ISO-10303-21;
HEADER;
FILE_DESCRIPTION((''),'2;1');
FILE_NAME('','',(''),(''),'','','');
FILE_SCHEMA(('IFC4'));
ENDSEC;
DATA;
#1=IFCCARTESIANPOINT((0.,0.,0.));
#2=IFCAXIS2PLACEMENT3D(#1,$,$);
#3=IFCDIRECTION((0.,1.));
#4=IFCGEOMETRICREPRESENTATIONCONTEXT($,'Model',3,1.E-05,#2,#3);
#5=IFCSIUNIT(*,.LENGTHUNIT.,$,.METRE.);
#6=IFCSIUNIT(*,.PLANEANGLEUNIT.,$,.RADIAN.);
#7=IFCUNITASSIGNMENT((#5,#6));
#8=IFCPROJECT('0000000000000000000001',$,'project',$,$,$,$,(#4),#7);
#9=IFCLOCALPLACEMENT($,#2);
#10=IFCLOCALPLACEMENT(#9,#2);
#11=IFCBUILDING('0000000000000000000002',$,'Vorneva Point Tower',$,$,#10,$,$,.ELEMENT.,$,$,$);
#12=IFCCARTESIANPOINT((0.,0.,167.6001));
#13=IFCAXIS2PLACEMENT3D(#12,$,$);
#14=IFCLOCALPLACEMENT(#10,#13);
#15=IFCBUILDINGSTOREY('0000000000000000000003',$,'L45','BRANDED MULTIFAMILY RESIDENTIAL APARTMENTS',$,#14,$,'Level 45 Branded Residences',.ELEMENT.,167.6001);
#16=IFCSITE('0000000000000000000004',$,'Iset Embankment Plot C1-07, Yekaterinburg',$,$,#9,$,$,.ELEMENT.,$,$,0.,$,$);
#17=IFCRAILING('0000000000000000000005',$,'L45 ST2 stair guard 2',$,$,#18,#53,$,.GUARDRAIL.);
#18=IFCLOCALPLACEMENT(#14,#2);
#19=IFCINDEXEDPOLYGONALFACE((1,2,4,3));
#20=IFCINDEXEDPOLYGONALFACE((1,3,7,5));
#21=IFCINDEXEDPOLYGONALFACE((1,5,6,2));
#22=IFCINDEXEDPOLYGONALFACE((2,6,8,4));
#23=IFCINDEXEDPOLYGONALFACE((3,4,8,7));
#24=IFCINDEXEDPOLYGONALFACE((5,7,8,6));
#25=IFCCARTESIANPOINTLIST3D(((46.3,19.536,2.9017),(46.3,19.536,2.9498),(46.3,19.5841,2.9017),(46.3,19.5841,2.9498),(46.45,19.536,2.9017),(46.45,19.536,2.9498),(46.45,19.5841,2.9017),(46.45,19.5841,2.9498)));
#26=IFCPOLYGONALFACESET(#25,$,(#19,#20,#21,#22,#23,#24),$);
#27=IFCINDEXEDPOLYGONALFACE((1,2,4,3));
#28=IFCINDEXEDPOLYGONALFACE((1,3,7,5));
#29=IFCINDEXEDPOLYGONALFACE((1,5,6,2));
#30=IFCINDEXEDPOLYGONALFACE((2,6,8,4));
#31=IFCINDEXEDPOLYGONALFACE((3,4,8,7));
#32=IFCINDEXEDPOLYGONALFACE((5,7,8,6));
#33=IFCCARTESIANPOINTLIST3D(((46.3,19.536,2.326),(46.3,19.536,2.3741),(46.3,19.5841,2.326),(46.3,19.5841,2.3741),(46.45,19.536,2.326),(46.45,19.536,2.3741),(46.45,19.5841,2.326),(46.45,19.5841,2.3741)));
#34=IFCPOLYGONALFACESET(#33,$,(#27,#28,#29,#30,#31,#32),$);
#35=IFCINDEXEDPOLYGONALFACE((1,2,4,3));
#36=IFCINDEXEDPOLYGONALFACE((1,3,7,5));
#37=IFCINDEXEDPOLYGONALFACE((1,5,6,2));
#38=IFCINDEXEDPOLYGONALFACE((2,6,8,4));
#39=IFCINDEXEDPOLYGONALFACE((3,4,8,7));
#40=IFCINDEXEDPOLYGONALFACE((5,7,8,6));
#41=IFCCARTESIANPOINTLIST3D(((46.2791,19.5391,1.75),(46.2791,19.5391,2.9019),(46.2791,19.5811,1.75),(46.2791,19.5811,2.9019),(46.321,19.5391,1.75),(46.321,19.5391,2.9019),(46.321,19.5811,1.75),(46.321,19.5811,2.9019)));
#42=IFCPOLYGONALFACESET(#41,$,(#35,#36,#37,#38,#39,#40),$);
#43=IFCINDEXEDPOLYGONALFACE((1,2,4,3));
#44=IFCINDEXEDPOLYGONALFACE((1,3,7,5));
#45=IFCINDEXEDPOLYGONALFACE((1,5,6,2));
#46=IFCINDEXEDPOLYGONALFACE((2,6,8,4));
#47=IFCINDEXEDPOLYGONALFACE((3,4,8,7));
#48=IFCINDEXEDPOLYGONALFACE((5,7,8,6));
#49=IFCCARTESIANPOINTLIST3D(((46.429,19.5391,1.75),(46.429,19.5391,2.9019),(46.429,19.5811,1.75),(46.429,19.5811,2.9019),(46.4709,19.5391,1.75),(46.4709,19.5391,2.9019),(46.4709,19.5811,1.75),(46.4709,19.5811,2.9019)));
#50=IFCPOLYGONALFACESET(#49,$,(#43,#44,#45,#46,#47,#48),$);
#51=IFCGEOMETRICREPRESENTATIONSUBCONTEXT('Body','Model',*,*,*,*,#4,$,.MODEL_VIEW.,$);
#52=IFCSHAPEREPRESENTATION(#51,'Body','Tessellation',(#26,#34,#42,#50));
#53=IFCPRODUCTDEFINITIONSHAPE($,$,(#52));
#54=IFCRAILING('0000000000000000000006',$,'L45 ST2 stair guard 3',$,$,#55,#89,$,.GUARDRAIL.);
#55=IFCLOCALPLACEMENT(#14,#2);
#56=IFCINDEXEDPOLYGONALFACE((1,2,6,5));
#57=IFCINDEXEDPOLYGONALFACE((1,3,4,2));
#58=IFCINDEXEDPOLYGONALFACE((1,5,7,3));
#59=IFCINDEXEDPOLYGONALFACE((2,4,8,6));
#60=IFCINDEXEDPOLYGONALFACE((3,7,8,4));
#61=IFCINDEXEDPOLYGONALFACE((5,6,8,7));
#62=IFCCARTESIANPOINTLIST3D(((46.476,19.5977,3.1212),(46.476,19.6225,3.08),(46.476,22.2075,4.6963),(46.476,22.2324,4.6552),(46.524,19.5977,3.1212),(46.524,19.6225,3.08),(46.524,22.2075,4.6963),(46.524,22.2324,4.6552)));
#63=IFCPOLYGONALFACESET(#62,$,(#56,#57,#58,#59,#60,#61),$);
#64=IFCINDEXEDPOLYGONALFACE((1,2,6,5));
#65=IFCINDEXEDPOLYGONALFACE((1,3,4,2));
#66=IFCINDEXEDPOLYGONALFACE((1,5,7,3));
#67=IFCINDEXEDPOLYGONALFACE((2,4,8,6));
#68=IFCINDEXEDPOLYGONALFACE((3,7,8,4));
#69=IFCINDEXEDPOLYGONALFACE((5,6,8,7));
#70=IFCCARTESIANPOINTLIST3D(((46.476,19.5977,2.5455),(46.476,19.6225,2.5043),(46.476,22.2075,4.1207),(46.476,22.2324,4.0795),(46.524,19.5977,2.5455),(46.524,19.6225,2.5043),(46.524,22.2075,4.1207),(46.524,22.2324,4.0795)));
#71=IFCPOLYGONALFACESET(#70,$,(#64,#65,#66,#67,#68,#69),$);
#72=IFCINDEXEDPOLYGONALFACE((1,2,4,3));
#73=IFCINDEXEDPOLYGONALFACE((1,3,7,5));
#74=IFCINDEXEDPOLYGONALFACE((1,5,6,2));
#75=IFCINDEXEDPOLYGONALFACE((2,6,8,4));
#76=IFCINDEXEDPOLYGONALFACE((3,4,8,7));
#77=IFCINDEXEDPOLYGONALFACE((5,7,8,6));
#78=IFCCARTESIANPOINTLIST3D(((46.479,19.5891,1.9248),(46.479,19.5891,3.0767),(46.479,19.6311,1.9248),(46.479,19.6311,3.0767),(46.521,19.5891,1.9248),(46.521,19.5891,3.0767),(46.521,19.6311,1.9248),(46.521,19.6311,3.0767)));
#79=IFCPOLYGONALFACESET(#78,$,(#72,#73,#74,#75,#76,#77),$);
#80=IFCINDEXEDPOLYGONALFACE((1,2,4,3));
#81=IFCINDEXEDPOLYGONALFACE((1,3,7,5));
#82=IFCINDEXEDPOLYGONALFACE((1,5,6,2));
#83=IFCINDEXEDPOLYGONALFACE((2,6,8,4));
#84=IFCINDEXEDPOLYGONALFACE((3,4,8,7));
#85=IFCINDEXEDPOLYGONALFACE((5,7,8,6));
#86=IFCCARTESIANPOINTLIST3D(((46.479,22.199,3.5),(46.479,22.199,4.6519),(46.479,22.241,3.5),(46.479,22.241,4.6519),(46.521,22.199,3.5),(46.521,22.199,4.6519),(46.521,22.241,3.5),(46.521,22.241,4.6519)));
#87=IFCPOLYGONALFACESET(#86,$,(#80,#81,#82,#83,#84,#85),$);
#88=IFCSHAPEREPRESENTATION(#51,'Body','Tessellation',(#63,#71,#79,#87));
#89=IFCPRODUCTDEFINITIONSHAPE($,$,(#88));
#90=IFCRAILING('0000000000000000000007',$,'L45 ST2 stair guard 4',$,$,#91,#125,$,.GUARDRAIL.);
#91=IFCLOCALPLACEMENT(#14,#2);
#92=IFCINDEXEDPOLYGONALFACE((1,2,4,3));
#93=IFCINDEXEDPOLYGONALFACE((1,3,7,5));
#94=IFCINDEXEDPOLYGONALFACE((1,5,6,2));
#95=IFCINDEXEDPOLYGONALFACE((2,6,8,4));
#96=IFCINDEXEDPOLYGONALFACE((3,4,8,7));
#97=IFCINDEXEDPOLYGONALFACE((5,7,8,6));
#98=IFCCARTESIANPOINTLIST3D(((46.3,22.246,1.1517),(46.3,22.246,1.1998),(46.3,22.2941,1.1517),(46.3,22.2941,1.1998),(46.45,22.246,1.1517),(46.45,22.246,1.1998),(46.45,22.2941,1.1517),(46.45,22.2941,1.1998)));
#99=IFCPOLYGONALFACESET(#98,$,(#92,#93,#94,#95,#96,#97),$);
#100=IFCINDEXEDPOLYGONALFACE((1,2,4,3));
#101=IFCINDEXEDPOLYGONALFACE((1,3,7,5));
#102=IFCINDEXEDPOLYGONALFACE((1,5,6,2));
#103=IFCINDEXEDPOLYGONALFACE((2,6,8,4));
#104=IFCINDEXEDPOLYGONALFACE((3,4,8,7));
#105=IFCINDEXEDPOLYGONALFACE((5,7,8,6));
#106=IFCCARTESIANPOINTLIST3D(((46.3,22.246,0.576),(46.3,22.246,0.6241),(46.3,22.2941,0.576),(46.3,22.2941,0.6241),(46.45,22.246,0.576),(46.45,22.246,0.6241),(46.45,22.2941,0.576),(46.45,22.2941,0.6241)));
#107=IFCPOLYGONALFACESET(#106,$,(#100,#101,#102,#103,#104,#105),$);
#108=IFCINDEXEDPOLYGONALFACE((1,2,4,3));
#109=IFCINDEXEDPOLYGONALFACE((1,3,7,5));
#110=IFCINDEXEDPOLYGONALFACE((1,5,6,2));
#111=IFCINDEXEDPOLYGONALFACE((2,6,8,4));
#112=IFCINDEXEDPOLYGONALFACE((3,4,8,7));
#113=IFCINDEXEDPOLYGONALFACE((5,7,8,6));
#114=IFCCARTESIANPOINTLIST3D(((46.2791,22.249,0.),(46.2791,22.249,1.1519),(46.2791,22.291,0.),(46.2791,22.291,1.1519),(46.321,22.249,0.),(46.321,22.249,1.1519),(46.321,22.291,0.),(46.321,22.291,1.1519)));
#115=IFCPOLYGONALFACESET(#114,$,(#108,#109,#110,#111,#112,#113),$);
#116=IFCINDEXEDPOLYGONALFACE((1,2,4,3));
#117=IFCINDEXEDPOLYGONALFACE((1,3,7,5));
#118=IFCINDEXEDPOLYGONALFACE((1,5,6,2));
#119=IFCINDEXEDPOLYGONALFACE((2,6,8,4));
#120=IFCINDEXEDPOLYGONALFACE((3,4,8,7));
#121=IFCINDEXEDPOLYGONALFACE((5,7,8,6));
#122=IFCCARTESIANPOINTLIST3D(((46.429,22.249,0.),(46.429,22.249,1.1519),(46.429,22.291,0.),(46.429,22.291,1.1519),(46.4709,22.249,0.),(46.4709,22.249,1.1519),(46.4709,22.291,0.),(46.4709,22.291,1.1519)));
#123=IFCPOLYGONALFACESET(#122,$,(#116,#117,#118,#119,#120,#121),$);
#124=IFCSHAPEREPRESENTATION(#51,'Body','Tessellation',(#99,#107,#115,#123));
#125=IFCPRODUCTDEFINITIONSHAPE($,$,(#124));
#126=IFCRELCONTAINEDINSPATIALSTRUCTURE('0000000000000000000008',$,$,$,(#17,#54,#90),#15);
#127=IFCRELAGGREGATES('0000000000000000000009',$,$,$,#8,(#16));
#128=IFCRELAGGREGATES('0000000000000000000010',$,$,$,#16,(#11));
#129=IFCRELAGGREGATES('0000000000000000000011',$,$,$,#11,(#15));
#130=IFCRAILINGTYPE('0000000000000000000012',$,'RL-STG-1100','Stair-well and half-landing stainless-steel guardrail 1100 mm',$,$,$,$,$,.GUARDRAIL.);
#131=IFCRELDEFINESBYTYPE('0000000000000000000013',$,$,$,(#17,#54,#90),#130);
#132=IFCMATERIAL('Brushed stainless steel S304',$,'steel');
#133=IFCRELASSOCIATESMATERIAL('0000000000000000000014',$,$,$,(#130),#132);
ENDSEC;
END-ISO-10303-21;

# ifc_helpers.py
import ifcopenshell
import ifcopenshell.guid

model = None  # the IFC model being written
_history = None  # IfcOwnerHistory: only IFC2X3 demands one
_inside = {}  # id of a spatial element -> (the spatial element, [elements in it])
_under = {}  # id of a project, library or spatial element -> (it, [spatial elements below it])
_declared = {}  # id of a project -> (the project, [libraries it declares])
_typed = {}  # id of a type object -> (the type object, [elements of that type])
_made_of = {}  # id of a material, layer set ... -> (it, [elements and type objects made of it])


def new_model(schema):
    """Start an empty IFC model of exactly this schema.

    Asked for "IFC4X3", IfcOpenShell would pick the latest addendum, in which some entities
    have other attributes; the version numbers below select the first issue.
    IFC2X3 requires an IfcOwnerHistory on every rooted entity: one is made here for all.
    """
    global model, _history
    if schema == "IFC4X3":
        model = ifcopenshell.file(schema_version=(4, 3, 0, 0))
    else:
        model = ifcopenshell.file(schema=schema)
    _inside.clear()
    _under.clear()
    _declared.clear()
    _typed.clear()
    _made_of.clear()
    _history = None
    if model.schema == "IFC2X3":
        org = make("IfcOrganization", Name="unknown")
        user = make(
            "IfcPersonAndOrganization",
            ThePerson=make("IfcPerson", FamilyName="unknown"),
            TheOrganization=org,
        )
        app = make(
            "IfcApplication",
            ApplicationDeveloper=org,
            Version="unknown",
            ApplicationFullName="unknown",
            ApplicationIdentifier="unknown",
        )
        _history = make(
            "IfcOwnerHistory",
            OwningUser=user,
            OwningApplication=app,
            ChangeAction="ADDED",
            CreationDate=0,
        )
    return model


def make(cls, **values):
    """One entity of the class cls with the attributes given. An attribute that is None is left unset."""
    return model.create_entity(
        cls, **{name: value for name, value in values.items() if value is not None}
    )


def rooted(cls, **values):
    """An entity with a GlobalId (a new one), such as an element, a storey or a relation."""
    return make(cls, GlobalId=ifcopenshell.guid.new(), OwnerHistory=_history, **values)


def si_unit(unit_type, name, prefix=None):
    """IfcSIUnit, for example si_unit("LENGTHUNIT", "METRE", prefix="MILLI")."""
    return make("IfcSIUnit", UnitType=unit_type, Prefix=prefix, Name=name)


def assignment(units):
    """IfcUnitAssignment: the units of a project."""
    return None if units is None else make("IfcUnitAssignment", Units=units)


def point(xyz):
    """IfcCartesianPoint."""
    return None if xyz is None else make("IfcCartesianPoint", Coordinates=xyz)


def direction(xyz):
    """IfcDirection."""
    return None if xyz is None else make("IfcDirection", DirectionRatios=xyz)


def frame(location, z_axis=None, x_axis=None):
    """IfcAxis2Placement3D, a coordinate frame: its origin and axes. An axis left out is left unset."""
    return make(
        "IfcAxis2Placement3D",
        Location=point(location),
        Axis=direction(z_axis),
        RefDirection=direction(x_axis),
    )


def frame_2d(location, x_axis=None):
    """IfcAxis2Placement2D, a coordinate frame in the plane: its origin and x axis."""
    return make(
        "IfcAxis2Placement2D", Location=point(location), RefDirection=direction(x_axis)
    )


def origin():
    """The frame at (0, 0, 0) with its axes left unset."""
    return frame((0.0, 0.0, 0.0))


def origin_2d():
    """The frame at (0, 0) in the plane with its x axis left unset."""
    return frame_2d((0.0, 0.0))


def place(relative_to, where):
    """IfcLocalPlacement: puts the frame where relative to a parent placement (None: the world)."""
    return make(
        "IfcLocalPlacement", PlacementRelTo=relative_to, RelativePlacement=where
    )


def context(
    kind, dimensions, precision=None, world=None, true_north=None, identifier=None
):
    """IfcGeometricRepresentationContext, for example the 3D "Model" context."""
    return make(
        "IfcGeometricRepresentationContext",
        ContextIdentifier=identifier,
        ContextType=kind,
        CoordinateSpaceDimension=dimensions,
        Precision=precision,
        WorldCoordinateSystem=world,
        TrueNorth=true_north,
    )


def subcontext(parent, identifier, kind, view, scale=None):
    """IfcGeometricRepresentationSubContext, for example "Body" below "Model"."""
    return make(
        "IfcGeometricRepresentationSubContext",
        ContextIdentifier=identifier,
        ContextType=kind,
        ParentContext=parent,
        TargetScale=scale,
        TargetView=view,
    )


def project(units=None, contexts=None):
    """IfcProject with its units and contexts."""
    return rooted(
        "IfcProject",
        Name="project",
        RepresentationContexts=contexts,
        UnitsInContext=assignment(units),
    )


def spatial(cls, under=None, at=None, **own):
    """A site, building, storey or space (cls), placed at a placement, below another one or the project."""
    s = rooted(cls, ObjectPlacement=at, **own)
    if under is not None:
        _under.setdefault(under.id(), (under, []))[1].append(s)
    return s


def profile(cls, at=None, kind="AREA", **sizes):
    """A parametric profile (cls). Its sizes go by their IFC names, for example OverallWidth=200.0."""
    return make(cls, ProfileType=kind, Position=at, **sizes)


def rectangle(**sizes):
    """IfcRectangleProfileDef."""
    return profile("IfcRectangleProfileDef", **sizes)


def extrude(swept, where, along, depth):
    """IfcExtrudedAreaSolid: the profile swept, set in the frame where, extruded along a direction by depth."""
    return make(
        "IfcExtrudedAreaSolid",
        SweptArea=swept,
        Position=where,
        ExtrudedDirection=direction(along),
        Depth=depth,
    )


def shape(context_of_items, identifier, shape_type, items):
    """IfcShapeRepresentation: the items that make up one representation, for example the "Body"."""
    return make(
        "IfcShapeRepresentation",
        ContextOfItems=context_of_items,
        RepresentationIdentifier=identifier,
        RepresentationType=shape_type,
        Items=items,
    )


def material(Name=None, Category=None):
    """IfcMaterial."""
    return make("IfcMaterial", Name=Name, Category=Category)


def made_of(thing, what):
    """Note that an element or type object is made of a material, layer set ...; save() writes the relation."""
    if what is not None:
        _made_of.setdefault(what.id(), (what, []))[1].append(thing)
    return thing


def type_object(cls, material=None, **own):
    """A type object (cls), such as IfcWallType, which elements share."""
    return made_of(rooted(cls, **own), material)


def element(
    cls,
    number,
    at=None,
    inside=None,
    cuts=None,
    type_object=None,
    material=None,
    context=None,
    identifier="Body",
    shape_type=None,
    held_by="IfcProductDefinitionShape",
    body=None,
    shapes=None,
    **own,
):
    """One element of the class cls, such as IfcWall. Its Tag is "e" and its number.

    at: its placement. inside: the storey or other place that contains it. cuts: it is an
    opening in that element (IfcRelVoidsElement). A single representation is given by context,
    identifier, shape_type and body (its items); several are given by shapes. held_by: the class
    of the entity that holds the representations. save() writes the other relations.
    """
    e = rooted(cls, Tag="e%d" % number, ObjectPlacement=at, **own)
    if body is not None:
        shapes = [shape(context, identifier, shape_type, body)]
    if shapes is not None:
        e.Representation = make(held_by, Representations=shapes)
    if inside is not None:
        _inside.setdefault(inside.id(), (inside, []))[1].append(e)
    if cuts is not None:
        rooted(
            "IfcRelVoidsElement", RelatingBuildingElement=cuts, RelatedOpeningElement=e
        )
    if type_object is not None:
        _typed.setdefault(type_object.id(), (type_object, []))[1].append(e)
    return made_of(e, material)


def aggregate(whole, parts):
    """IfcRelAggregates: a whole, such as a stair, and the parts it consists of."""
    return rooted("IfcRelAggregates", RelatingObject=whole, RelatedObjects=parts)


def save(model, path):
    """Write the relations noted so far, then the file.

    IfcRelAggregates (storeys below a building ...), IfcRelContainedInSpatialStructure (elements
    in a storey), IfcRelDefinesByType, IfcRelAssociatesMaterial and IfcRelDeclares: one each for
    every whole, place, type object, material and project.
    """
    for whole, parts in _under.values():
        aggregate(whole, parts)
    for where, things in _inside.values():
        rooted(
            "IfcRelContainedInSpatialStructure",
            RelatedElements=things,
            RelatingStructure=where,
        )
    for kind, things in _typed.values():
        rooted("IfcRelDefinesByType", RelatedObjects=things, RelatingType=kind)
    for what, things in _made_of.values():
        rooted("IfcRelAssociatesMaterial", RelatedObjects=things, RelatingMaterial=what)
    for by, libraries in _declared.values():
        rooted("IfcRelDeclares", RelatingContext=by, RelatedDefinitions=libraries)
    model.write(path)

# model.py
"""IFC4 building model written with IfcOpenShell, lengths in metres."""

from ifc_helpers import new_model, si_unit, direction, frame, origin, origin_2d, place, context, subcontext, project, spatial, rectangle, extrude, material, type_object, element, save


model = new_model("IFC4")

# Units and contexts
model_context = context("Model", 3, precision=1e-05, world=origin(), true_north=direction((0.0, 1.0)))
body_context = subcontext(model_context, "Body", "Model", "MODEL_VIEW")
ifc_project = project(units=[si_unit("LENGTHUNIT", "METRE"), si_unit("PLANEANGLEUNIT", "RADIAN")], contexts=[model_context])

# Site, building, storey
site_placement = place(None, origin())
site = spatial("IfcSite", under=ifc_project, at=site_placement, Name="Iset Embankment Plot C1-07, Yekaterinburg", CompositionType="ELEMENT", RefElevation=0.0)
building_placement = place(site_placement, origin())
building = spatial("IfcBuilding", under=site, at=building_placement, Name="Vorneva Point Tower", CompositionType="ELEMENT")
storey_placement = place(building_placement, frame((0.0, 0.0, 167.6001)))
storey = spatial("IfcBuildingStorey", under=building, at=storey_placement, Name="L45", Description="BRANDED MULTIFAMILY RESIDENTIAL APARTMENTS", LongName="Level 45 Branded Residences", CompositionType="ELEMENT", Elevation=167.6001)

# Railings
ifc_material_1 = material(Name="Brushed stainless steel S304", Category="steel")
railing_type_1 = type_object("IfcRailingType", Name="RL-STG-1100", Description="Stair-well and half-landing stainless-steel guardrail 1100 mm", PredefinedType="GUARDRAIL", material=ifc_material_1)
railing_1_placement = place(storey_placement, frame((46.3, 19.5601, 1.75)))
element("IfcRailing", 1, at=railing_1_placement, inside=storey, type_object=railing_type_1, Name="L45 ST2 stair guard 2", PredefinedType="GUARDRAIL", context=body_context, shape_type="SweptSolid", body=[
    extrude(rectangle(XDim=0.0481, YDim=0.0481, at=origin_2d()), frame((0.0, 0.0, 1.1758), z_axis=(1.0, 0.0, 0.0), x_axis=(0.0, 1.0, 0.0)), (0.0, 0.0, 1.0), 0.1499),
    extrude(rectangle(XDim=0.0481, YDim=0.0481, at=origin_2d()), frame((0.0, 0.0, 0.6001), z_axis=(1.0, 0.0, 0.0), x_axis=(0.0, 1.0, 0.0)), (0.0, 0.0, 1.0), 0.1499),
    extrude(rectangle(XDim=0.042, YDim=0.042, at=origin_2d()), origin(), (0.0, 0.0, 1.0), 1.1519),
    extrude(rectangle(XDim=0.042, YDim=0.042, at=origin_2d()), frame((0.1499, 0.0, 0.0)), (0.0, 0.0, 1.0), 1.1519),
])
railing_2_placement = place(storey_placement, frame((46.5, 19.6101, 1.9248)))
element("IfcRailing", 2, at=railing_2_placement, inside=storey, type_object=railing_type_1, Name="L45 ST2 stair guard 3", PredefinedType="GUARDRAIL", context=body_context, shape_type="SweptSolid", body=[
    extrude(rectangle(XDim=0.0481, YDim=0.0481, at=origin_2d()), frame((0.0, 0.0, 1.1758), z_axis=(0.0, 0.856147, 0.516732), x_axis=(-1.0, 0.0, 0.0)), (0.0, 0.0, 1.0), 3.0483),
    extrude(rectangle(XDim=0.0481, YDim=0.0481, at=origin_2d()), frame((0.0, 0.0, 0.6001), z_axis=(0.0, 0.856147, 0.516732), x_axis=(-1.0, 0.0, 0.0)), (0.0, 0.0, 1.0), 3.0483),
    extrude(rectangle(XDim=0.042, YDim=0.042, at=origin_2d()), origin(), (0.0, 0.0, 1.0), 1.1519),
    extrude(rectangle(XDim=0.042, YDim=0.042, at=origin_2d()), frame((0.0, 2.6099, 1.5752)), (0.0, 0.0, 1.0), 1.1519),
])
railing_3_placement = place(storey_placement, frame((46.3, 22.27, 0.0)))
element("IfcRailing", 3, at=railing_3_placement, inside=storey, type_object=railing_type_1, Name="L45 ST2 stair guard 4", PredefinedType="GUARDRAIL", context=body_context, shape_type="SweptSolid", body=[
    extrude(rectangle(XDim=0.0481, YDim=0.0481, at=origin_2d()), frame((0.0, 0.0, 1.1758), z_axis=(1.0, 0.0, 0.0), x_axis=(0.0, 1.0, 0.0)), (0.0, 0.0, 1.0), 0.1499),
    extrude(rectangle(XDim=0.0481, YDim=0.0481, at=origin_2d()), frame((0.0, 0.0, 0.6001), z_axis=(1.0, 0.0, 0.0), x_axis=(0.0, 1.0, 0.0)), (0.0, 0.0, 1.0), 0.1499),
    extrude(rectangle(XDim=0.042, YDim=0.042, at=origin_2d()), origin(), (0.0, 0.0, 1.0), 1.1519),
    extrude(rectangle(XDim=0.042, YDim=0.042, at=origin_2d()), frame((0.1499, 0.0, 0.0)), (0.0, 0.0, 1.0), 1.1519),
])

save(model, "model.ifc")
